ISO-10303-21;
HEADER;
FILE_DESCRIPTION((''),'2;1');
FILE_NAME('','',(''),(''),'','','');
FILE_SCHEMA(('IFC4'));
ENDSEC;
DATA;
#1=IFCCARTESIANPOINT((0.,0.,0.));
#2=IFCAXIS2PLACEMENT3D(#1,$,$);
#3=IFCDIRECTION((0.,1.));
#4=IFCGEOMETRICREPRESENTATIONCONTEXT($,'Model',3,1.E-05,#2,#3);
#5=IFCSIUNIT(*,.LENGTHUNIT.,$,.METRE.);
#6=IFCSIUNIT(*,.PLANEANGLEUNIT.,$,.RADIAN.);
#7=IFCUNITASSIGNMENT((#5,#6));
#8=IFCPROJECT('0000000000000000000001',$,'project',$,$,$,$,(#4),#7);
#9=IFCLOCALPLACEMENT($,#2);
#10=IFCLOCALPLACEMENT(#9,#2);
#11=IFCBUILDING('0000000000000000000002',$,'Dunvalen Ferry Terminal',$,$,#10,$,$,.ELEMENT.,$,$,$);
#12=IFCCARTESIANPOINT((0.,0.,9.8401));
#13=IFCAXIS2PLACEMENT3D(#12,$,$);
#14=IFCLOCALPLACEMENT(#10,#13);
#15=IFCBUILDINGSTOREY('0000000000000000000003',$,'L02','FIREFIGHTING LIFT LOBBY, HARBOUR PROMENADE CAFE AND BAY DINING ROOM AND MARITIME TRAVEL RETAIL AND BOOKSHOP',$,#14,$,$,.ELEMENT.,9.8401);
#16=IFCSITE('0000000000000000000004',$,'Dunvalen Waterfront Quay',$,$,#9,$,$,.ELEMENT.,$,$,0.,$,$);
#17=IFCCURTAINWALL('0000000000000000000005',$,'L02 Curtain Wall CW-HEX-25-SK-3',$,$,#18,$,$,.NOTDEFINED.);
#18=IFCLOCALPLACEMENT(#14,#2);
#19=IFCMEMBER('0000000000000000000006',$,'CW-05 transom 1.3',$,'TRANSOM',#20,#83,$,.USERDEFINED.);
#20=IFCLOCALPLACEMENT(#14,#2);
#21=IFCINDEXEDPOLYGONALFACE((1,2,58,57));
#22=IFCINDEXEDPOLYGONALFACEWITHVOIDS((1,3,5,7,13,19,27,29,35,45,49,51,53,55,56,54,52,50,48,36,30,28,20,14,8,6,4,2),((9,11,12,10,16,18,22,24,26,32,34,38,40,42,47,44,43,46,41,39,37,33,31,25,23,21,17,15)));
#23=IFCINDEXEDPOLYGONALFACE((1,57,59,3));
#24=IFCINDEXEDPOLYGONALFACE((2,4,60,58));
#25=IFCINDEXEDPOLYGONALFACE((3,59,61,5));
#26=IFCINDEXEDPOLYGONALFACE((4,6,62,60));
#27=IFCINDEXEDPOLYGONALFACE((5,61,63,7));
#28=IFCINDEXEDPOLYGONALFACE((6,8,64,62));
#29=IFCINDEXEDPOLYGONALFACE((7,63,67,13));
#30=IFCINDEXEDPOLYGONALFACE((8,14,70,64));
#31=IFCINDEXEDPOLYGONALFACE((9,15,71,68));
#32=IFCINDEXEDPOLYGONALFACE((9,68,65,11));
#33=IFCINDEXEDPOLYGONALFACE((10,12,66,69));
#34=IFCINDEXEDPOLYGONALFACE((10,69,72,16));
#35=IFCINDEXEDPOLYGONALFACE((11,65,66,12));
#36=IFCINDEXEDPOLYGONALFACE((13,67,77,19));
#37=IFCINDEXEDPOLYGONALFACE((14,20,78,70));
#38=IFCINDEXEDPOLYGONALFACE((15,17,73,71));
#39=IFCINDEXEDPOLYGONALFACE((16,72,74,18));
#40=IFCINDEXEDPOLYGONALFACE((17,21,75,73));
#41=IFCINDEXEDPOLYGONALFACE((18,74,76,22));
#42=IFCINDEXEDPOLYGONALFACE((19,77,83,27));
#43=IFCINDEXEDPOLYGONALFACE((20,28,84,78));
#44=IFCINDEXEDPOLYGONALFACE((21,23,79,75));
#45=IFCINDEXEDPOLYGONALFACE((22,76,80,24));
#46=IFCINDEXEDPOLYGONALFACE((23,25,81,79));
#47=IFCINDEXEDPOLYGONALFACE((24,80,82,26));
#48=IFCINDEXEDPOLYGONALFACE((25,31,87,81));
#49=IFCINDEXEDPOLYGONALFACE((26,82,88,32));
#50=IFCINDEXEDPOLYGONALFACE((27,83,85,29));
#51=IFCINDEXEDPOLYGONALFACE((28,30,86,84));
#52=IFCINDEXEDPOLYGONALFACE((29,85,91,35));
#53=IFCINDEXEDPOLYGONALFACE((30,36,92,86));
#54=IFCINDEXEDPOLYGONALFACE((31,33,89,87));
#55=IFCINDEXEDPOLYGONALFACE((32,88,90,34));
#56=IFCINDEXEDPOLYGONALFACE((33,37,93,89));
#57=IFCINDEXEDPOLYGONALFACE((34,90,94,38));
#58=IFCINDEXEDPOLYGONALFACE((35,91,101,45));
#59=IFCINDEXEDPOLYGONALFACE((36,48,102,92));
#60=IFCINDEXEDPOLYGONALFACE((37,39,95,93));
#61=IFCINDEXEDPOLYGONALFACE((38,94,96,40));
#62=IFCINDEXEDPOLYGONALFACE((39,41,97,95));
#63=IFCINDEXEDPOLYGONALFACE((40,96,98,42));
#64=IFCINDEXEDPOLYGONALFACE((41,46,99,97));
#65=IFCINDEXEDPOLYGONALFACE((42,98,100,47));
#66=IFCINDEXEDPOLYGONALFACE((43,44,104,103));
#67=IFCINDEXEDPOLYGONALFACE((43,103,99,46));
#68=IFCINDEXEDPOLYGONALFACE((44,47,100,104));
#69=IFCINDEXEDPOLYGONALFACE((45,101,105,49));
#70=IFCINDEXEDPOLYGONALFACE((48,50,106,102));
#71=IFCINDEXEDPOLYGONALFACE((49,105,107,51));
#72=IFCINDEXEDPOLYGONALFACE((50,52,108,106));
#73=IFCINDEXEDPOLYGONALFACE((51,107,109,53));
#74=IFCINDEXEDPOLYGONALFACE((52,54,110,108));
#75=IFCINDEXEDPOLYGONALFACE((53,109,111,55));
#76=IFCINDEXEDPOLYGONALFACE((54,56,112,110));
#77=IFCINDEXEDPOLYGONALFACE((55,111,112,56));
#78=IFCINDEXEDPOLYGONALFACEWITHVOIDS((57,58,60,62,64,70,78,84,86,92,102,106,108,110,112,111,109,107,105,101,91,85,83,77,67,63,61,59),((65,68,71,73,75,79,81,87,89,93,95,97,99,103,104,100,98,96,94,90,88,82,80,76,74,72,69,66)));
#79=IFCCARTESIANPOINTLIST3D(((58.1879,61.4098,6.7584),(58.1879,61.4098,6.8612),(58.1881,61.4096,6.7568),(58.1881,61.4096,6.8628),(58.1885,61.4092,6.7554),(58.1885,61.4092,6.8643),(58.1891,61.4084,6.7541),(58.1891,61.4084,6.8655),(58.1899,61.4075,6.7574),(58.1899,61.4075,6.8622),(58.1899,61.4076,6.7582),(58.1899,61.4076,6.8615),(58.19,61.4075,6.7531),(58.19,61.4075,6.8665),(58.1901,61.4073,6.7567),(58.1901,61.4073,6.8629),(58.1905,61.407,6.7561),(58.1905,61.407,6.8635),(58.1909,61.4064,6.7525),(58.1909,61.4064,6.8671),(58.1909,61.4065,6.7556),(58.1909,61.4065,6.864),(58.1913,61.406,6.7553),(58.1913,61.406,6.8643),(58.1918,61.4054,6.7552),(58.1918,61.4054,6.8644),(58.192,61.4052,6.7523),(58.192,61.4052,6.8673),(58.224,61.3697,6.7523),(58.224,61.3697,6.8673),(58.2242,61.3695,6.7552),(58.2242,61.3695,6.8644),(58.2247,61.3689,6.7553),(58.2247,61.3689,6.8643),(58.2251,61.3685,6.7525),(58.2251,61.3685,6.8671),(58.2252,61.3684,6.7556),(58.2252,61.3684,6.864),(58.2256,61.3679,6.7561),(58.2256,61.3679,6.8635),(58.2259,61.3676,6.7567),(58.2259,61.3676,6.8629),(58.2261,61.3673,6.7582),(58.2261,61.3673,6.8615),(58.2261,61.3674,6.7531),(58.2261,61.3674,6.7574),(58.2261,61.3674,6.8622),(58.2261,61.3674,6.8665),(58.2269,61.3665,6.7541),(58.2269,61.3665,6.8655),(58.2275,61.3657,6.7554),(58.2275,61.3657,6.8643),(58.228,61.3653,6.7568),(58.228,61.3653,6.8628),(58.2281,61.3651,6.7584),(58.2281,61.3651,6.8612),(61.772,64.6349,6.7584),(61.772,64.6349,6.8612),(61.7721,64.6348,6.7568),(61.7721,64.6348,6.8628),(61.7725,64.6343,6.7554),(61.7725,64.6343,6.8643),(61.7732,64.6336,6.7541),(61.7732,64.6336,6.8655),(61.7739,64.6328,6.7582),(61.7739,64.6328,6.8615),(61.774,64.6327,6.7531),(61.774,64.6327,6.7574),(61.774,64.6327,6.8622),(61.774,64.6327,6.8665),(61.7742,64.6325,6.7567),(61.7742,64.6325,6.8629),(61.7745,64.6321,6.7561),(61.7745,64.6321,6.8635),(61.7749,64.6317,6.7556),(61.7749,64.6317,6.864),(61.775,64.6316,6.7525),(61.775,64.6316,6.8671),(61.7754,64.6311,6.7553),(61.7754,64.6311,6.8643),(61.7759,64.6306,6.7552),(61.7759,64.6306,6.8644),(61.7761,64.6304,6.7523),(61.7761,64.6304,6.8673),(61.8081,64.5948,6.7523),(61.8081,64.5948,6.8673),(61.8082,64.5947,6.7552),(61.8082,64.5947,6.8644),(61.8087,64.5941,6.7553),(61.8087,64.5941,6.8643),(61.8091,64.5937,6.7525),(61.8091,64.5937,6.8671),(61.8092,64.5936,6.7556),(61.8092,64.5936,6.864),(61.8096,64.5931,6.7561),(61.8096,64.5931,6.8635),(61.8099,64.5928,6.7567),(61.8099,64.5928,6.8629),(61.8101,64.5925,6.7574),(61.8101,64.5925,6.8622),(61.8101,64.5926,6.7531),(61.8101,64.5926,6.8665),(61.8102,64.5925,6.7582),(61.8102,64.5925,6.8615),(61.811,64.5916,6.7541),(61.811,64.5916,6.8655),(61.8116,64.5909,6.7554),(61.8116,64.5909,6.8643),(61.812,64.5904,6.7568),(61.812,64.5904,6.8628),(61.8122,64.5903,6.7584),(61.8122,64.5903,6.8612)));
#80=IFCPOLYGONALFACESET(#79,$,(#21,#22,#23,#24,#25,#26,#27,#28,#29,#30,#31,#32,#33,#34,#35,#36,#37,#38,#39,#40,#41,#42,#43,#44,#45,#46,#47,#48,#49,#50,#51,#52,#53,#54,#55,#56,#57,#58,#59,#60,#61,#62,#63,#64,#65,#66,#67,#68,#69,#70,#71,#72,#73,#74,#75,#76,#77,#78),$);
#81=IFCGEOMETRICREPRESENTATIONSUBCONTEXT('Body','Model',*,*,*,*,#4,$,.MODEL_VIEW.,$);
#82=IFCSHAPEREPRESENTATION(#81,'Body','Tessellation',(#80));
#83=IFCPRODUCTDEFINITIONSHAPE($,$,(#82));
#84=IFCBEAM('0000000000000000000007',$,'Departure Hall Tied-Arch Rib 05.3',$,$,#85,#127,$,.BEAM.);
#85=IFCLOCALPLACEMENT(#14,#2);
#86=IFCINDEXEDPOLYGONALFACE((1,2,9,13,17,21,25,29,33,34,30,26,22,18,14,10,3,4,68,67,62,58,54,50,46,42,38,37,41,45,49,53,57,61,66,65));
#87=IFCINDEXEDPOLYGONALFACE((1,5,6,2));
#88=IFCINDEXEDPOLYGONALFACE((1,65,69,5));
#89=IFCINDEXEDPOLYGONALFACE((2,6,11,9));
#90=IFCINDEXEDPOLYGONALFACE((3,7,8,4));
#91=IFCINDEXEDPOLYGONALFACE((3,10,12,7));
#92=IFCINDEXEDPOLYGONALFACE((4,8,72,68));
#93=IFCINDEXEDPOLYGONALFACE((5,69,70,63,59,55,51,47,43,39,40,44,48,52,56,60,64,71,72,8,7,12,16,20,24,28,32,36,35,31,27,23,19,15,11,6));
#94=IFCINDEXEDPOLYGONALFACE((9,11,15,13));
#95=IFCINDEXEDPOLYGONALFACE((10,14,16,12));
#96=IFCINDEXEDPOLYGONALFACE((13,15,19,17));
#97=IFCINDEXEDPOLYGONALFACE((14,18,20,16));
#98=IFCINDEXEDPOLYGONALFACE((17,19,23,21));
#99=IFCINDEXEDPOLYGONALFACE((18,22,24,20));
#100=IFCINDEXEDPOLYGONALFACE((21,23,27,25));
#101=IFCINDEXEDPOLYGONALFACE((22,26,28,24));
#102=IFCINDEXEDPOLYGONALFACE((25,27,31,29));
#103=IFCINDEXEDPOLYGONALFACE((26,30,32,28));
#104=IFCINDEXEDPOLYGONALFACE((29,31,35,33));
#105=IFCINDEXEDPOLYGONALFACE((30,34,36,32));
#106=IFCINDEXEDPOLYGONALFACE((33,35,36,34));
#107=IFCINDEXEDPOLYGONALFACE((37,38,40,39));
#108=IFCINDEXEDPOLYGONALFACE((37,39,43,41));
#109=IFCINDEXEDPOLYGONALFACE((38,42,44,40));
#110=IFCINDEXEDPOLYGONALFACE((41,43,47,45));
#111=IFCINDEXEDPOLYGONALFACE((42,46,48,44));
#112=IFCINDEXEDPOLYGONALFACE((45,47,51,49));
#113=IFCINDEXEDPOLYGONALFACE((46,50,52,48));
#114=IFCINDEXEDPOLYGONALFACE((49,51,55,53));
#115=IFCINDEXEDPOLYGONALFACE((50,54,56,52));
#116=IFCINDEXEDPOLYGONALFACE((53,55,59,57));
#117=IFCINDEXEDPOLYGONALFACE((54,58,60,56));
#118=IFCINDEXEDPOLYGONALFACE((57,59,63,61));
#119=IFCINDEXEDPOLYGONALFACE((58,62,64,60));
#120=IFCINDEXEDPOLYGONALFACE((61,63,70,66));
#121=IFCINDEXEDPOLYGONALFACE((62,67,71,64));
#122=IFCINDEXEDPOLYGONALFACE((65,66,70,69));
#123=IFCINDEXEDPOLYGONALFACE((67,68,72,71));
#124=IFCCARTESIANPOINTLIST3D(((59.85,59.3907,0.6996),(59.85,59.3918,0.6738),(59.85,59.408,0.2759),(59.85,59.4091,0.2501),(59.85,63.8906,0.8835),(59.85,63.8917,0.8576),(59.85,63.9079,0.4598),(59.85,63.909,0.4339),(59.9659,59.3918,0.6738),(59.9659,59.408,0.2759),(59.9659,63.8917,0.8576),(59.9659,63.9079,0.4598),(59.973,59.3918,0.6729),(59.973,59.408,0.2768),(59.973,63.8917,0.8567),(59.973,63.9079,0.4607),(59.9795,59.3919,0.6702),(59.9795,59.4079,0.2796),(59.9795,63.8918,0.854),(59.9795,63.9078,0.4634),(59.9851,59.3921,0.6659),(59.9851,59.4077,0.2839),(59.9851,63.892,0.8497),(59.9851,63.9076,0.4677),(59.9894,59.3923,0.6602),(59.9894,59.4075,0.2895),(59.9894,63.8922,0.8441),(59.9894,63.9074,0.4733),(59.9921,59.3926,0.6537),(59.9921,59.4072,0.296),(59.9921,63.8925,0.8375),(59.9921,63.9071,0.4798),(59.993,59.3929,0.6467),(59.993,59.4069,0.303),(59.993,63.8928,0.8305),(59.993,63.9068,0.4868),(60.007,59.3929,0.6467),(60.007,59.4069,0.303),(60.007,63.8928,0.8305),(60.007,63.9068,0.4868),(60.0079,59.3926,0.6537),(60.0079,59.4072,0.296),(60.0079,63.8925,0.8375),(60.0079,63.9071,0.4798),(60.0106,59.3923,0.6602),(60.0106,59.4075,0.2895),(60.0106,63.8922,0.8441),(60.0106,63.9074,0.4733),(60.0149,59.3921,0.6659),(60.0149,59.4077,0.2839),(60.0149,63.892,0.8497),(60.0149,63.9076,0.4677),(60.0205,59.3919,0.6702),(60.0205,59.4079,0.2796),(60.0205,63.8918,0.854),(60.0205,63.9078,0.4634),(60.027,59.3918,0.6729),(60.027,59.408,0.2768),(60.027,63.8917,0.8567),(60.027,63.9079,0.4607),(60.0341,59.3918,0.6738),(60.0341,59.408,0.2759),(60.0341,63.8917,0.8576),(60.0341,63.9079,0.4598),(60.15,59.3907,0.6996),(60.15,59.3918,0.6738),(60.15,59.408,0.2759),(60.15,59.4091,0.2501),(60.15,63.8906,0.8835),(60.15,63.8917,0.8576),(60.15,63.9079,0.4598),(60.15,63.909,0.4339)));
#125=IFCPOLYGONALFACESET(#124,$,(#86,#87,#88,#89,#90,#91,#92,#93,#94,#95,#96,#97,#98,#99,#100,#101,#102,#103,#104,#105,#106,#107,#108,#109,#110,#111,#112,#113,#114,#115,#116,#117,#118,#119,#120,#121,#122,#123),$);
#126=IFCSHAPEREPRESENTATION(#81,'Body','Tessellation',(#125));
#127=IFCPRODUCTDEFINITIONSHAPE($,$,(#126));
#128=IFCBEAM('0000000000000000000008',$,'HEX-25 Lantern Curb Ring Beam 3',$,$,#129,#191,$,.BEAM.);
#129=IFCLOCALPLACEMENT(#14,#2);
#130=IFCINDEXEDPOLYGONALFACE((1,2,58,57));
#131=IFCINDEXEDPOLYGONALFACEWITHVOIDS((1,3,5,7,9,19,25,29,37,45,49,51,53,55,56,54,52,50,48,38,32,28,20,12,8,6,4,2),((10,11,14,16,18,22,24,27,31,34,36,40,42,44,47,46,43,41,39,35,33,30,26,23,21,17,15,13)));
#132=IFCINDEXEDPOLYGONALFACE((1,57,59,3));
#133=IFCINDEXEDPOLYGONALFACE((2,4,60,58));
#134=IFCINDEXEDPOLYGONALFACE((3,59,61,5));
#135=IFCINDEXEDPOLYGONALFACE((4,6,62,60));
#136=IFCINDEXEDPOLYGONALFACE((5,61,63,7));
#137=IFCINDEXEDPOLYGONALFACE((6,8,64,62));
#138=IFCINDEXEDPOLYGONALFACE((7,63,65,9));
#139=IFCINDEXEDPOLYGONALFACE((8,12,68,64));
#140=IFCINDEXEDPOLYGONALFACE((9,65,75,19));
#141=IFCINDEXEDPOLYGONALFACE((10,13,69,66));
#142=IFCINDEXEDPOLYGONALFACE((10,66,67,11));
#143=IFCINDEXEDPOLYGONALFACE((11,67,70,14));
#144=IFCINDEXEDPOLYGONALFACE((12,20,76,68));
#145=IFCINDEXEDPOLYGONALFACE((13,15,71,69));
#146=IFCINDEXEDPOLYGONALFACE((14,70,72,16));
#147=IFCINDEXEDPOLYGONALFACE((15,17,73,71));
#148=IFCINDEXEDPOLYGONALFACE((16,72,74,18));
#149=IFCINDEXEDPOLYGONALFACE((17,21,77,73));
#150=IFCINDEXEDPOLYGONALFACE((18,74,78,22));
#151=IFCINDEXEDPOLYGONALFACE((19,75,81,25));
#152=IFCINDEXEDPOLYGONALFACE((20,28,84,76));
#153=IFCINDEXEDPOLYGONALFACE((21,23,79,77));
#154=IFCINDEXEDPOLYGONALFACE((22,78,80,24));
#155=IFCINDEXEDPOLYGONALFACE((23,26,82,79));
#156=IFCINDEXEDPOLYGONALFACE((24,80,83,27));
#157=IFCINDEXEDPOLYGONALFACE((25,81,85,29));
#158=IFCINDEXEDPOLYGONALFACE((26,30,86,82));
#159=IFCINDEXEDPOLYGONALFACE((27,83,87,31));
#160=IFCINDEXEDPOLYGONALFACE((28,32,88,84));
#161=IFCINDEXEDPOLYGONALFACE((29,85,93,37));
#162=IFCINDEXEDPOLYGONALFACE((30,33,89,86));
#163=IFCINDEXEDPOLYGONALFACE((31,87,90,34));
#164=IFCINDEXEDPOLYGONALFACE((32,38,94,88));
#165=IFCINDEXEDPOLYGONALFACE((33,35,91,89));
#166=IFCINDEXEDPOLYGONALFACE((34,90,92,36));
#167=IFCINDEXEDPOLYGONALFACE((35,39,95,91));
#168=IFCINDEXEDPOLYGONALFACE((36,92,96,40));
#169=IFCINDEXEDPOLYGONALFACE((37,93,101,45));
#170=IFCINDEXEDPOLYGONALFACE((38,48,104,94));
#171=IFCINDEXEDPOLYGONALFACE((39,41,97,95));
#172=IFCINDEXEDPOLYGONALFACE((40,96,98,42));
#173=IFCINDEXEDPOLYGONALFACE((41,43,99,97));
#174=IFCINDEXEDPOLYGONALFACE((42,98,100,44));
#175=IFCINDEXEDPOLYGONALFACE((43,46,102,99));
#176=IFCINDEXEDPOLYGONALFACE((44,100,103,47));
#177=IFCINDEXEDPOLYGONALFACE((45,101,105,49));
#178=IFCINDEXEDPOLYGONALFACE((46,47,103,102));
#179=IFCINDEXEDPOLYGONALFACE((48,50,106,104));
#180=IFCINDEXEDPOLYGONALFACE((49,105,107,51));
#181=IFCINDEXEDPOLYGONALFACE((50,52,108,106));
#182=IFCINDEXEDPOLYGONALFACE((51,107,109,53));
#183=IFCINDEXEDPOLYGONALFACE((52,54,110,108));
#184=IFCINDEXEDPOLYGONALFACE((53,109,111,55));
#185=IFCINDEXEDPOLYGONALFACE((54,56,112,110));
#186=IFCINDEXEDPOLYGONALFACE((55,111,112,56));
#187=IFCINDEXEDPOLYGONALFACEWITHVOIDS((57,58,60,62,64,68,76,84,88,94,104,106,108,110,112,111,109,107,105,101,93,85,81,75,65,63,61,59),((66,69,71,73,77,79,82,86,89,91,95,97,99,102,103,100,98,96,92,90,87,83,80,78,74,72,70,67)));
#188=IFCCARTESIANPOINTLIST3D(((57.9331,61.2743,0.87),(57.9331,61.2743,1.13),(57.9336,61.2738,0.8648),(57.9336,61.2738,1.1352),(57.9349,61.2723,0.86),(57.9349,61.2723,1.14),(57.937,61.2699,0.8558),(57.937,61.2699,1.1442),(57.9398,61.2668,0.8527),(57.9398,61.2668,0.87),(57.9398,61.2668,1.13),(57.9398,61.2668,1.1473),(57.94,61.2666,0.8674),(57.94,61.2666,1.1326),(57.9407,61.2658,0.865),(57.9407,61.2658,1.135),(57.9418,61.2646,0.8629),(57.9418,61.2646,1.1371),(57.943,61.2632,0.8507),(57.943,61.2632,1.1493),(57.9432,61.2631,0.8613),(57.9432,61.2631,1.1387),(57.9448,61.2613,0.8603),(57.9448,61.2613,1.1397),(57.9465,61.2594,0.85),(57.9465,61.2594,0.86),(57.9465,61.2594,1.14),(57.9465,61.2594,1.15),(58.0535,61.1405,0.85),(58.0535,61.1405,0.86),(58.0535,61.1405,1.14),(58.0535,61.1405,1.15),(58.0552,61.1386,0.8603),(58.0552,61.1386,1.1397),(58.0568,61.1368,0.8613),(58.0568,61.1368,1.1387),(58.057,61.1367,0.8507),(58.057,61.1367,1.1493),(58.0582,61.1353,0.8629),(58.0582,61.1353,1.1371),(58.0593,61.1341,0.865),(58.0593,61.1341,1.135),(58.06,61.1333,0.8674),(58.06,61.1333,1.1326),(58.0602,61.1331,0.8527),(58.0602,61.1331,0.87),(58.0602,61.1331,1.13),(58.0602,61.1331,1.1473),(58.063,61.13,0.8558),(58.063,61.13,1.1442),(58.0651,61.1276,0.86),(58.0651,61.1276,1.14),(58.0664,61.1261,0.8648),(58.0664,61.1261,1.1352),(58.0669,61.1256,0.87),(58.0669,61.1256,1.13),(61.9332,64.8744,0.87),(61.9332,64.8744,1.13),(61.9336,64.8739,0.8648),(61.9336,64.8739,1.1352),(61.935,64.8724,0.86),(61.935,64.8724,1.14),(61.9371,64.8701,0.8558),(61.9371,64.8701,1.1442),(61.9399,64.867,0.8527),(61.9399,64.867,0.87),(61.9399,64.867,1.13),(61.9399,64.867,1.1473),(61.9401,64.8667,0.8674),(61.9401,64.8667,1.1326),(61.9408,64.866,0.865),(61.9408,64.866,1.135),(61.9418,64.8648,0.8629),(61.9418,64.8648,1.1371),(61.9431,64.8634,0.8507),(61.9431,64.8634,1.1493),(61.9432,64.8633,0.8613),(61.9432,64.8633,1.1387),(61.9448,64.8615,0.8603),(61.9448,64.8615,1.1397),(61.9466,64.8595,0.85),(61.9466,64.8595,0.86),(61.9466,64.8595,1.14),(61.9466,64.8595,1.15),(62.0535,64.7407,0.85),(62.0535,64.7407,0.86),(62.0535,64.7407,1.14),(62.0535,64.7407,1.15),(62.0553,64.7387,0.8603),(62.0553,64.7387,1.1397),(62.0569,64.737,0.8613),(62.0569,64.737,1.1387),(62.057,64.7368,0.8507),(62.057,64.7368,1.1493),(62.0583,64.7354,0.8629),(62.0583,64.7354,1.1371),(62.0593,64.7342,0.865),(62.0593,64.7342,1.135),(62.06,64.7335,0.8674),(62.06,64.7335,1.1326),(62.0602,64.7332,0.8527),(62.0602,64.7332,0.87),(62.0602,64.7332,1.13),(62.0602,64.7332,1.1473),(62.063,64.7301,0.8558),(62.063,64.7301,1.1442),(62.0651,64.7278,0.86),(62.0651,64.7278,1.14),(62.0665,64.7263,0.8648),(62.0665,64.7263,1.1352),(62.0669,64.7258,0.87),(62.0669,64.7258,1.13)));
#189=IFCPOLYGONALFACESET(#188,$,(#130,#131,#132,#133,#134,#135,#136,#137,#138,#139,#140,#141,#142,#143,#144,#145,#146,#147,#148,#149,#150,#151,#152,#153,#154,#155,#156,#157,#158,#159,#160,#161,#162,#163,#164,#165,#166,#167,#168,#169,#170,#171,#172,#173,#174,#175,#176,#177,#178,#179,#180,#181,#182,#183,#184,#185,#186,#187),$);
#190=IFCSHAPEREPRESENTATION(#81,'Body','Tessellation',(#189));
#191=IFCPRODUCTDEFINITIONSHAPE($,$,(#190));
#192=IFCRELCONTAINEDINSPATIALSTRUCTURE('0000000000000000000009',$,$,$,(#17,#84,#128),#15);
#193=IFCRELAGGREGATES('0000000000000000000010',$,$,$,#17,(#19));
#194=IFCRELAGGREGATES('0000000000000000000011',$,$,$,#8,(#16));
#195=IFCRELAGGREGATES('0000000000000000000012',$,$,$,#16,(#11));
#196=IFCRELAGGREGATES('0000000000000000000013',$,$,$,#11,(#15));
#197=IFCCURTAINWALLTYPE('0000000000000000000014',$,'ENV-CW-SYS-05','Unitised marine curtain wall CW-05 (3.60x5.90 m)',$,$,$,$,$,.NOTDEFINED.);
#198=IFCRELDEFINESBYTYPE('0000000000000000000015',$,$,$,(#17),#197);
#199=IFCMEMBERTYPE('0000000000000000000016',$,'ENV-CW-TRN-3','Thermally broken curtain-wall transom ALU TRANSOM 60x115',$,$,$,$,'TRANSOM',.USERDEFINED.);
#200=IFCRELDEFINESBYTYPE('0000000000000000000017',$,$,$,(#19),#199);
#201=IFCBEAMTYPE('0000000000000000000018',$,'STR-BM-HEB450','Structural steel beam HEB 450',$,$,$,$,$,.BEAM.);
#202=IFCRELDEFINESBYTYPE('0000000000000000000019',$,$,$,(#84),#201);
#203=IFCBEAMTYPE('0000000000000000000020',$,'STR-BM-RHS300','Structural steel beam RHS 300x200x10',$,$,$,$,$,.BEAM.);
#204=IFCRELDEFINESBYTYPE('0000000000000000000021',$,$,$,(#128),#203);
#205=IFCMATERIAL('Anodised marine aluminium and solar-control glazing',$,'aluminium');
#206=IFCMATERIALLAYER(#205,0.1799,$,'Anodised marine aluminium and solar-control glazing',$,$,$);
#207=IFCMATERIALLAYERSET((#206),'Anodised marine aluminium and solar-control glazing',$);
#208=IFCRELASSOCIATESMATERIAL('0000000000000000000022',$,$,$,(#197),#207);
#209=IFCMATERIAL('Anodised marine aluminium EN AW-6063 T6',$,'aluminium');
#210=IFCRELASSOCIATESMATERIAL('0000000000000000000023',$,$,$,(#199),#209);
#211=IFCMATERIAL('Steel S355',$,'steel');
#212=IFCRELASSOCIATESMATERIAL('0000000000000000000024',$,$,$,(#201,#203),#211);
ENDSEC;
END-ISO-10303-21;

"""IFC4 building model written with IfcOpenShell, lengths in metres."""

from ifc_helpers import new_model, si_unit, direction, frame, origin, origin_2d, place, context, subcontext, project, spatial, hollow_rectangle, i_section, extrude, material, layer, layer_set, material_profile, profile_set, type_object, element, aggregate, save


model = new_model("IFC4")

# Units and contexts
model_context = context("Model", 3, precision=1e-05, world=origin(), true_north=direction((0.0, 1.0)))
body_context = subcontext(model_context, "Body", "Model", "MODEL_VIEW")
ifc_project = project(units=[si_unit("LENGTHUNIT", "METRE"), si_unit("PLANEANGLEUNIT", "RADIAN")], contexts=[model_context])

# Site, building, storey
site_placement = place(None, origin())
site = spatial("IfcSite", under=ifc_project, at=site_placement, Name="Dunvalen Waterfront Quay", CompositionType="ELEMENT", RefElevation=0.0)
building_placement = place(site_placement, origin())
building = spatial("IfcBuilding", under=site, at=building_placement, Name="Dunvalen Ferry Terminal", CompositionType="ELEMENT")
storey_placement = place(building_placement, frame((0.0, 0.0, 9.8401)))
storey = spatial("IfcBuildingStorey", under=building, at=storey_placement, Name="L02", Description="FIREFIGHTING LIFT LOBBY, HARBOUR PROMENADE CAFE AND BAY DINING ROOM AND MARITIME TRAVEL RETAIL AND BOOKSHOP", CompositionType="ELEMENT", Elevation=9.8401)

# Shared definitions
ifc_material_1 = material(Name="Anodised marine aluminium and solar-control glazing", Category="aluminium")
ifc_material_2 = material(Name="Anodised marine aluminium EN AW-6063 T6", Category="aluminium")

# Curtain wall, member
ifc_layer_1 = layer(ifc_material_1, 0.1799, Name="Anodised marine aluminium and solar-control glazing")
ifc_layer_set_1 = layer_set([ifc_layer_1], Name="Anodised marine aluminium and solar-control glazing")
curtain_wall_type_1 = type_object("IfcCurtainWallType", Name="ENV-CW-SYS-05", Description="Unitised marine curtain wall CW-05 (3.60x5.90 m)", PredefinedType="NOTDEFINED", material=ifc_layer_set_1)
curtain_wall_1_placement = place(storey_placement, origin())
curtain_wall_1 = element("IfcCurtainWall", 1, at=curtain_wall_1_placement, inside=storey, type_object=curtain_wall_type_1, Name="L02 Curtain Wall CW-HEX-25-SK-3", PredefinedType="NOTDEFINED")
ifc_material_profile_1 = material_profile(ifc_material_2, hollow_rectangle(XDim=0.0601, YDim=0.115, WallThickness=0.0029, InnerFilletRadius=0.0029, OuterFilletRadius=0.0061, at=origin_2d()), Name="Anodised marine aluminium EN AW-6063 T6")
ifc_profile_set_1 = profile_set([ifc_material_profile_1], Name="Anodised marine aluminium EN AW-6063 T6")
member_type_1 = type_object("IfcMemberType", Name="ENV-CW-TRN-3", Description="Thermally broken curtain-wall transom ALU TRANSOM 60x115", ElementType="TRANSOM", PredefinedType="USERDEFINED", material=ifc_profile_set_1)
member_1_placement = place(storey_placement, frame((58.208, 61.3875, 6.8098), z_axis=(0.743345, 0.668909, 0.0), x_axis=(-0.668909, 0.743345, 0.0)))
member_1 = element("IfcMember", 2, at=member_1_placement, type_object=member_type_1, Name="CW-05 transom 1.3", ObjectType="TRANSOM", PredefinedType="USERDEFINED", context=body_context, shape_type="SweptSolid", body=[
    extrude(hollow_rectangle(XDim=0.0601, YDim=0.115, WallThickness=0.0029, InnerFilletRadius=0.0029, OuterFilletRadius=0.0061, at=origin_2d()), origin(), (0.0, 0.0, 1.0), 4.8215),
])

# Beams
ifc_material_3 = material(Name="Steel S355", Category="steel")
ifc_material_profile_2 = material_profile(ifc_material_3, i_section(OverallWidth=0.3, OverallDepth=0.45, WebThickness=0.0139, FlangeThickness=0.0259, FilletRadius=0.0271, at=origin_2d()), Name="Steel S355")
ifc_profile_set_2 = profile_set([ifc_material_profile_2], Name="Steel S355")
beam_type_1 = type_object("IfcBeamType", Name="STR-BM-HEB450", Description="Structural steel beam HEB 450", PredefinedType="BEAM", material=ifc_profile_set_2)
beam_1_placement = place(storey_placement, frame((60.0, 59.3999, 0.4749), z_axis=(0.0, 0.999167, 0.040819), x_axis=(-1.0, 0.0, 0.0)))
element("IfcBeam", 3, at=beam_1_placement, inside=storey, type_object=beam_type_1, Name="Departure Hall Tied-Arch Rib 05.3", PredefinedType="BEAM", context=body_context, shape_type="SweptSolid", body=[
    extrude(i_section(OverallWidth=0.3, OverallDepth=0.45, WebThickness=0.0139, FlangeThickness=0.0259, FilletRadius=0.0271, at=origin_2d()), origin(), (0.0, 0.0, 1.0), 4.5037),
])
ifc_material_profile_3 = material_profile(ifc_material_3, hollow_rectangle(XDim=0.2, YDim=0.3, WallThickness=0.01, InnerFilletRadius=0.01, OuterFilletRadius=0.02, at=origin_2d()), Name="Steel S355")
ifc_profile_set_3 = profile_set([ifc_material_profile_3], Name="Steel S355")
beam_type_2 = type_object("IfcBeamType", Name="STR-BM-RHS300", Description="Structural steel beam RHS 300x200x10", PredefinedType="BEAM", material=ifc_profile_set_3)
beam_2_placement = place(storey_placement, frame((58.0, 61.2, 1.0), z_axis=(0.743285, 0.668975, 0.0), x_axis=(-0.668975, 0.743285, 0.0)))
element("IfcBeam", 4, at=beam_2_placement, inside=storey, type_object=beam_type_2, Name="HEX-25 Lantern Curb Ring Beam 3", PredefinedType="BEAM", context=body_context, shape_type="SweptSolid", body=[
    extrude(hollow_rectangle(XDim=0.2, YDim=0.3, WallThickness=0.01, InnerFilletRadius=0.01, OuterFilletRadius=0.02, at=origin_2d()), origin(), (0.0, 0.0, 1.0), 5.3816),
])

aggregate(curtain_wall_1, [member_1])

save(model, "model.ifc")
